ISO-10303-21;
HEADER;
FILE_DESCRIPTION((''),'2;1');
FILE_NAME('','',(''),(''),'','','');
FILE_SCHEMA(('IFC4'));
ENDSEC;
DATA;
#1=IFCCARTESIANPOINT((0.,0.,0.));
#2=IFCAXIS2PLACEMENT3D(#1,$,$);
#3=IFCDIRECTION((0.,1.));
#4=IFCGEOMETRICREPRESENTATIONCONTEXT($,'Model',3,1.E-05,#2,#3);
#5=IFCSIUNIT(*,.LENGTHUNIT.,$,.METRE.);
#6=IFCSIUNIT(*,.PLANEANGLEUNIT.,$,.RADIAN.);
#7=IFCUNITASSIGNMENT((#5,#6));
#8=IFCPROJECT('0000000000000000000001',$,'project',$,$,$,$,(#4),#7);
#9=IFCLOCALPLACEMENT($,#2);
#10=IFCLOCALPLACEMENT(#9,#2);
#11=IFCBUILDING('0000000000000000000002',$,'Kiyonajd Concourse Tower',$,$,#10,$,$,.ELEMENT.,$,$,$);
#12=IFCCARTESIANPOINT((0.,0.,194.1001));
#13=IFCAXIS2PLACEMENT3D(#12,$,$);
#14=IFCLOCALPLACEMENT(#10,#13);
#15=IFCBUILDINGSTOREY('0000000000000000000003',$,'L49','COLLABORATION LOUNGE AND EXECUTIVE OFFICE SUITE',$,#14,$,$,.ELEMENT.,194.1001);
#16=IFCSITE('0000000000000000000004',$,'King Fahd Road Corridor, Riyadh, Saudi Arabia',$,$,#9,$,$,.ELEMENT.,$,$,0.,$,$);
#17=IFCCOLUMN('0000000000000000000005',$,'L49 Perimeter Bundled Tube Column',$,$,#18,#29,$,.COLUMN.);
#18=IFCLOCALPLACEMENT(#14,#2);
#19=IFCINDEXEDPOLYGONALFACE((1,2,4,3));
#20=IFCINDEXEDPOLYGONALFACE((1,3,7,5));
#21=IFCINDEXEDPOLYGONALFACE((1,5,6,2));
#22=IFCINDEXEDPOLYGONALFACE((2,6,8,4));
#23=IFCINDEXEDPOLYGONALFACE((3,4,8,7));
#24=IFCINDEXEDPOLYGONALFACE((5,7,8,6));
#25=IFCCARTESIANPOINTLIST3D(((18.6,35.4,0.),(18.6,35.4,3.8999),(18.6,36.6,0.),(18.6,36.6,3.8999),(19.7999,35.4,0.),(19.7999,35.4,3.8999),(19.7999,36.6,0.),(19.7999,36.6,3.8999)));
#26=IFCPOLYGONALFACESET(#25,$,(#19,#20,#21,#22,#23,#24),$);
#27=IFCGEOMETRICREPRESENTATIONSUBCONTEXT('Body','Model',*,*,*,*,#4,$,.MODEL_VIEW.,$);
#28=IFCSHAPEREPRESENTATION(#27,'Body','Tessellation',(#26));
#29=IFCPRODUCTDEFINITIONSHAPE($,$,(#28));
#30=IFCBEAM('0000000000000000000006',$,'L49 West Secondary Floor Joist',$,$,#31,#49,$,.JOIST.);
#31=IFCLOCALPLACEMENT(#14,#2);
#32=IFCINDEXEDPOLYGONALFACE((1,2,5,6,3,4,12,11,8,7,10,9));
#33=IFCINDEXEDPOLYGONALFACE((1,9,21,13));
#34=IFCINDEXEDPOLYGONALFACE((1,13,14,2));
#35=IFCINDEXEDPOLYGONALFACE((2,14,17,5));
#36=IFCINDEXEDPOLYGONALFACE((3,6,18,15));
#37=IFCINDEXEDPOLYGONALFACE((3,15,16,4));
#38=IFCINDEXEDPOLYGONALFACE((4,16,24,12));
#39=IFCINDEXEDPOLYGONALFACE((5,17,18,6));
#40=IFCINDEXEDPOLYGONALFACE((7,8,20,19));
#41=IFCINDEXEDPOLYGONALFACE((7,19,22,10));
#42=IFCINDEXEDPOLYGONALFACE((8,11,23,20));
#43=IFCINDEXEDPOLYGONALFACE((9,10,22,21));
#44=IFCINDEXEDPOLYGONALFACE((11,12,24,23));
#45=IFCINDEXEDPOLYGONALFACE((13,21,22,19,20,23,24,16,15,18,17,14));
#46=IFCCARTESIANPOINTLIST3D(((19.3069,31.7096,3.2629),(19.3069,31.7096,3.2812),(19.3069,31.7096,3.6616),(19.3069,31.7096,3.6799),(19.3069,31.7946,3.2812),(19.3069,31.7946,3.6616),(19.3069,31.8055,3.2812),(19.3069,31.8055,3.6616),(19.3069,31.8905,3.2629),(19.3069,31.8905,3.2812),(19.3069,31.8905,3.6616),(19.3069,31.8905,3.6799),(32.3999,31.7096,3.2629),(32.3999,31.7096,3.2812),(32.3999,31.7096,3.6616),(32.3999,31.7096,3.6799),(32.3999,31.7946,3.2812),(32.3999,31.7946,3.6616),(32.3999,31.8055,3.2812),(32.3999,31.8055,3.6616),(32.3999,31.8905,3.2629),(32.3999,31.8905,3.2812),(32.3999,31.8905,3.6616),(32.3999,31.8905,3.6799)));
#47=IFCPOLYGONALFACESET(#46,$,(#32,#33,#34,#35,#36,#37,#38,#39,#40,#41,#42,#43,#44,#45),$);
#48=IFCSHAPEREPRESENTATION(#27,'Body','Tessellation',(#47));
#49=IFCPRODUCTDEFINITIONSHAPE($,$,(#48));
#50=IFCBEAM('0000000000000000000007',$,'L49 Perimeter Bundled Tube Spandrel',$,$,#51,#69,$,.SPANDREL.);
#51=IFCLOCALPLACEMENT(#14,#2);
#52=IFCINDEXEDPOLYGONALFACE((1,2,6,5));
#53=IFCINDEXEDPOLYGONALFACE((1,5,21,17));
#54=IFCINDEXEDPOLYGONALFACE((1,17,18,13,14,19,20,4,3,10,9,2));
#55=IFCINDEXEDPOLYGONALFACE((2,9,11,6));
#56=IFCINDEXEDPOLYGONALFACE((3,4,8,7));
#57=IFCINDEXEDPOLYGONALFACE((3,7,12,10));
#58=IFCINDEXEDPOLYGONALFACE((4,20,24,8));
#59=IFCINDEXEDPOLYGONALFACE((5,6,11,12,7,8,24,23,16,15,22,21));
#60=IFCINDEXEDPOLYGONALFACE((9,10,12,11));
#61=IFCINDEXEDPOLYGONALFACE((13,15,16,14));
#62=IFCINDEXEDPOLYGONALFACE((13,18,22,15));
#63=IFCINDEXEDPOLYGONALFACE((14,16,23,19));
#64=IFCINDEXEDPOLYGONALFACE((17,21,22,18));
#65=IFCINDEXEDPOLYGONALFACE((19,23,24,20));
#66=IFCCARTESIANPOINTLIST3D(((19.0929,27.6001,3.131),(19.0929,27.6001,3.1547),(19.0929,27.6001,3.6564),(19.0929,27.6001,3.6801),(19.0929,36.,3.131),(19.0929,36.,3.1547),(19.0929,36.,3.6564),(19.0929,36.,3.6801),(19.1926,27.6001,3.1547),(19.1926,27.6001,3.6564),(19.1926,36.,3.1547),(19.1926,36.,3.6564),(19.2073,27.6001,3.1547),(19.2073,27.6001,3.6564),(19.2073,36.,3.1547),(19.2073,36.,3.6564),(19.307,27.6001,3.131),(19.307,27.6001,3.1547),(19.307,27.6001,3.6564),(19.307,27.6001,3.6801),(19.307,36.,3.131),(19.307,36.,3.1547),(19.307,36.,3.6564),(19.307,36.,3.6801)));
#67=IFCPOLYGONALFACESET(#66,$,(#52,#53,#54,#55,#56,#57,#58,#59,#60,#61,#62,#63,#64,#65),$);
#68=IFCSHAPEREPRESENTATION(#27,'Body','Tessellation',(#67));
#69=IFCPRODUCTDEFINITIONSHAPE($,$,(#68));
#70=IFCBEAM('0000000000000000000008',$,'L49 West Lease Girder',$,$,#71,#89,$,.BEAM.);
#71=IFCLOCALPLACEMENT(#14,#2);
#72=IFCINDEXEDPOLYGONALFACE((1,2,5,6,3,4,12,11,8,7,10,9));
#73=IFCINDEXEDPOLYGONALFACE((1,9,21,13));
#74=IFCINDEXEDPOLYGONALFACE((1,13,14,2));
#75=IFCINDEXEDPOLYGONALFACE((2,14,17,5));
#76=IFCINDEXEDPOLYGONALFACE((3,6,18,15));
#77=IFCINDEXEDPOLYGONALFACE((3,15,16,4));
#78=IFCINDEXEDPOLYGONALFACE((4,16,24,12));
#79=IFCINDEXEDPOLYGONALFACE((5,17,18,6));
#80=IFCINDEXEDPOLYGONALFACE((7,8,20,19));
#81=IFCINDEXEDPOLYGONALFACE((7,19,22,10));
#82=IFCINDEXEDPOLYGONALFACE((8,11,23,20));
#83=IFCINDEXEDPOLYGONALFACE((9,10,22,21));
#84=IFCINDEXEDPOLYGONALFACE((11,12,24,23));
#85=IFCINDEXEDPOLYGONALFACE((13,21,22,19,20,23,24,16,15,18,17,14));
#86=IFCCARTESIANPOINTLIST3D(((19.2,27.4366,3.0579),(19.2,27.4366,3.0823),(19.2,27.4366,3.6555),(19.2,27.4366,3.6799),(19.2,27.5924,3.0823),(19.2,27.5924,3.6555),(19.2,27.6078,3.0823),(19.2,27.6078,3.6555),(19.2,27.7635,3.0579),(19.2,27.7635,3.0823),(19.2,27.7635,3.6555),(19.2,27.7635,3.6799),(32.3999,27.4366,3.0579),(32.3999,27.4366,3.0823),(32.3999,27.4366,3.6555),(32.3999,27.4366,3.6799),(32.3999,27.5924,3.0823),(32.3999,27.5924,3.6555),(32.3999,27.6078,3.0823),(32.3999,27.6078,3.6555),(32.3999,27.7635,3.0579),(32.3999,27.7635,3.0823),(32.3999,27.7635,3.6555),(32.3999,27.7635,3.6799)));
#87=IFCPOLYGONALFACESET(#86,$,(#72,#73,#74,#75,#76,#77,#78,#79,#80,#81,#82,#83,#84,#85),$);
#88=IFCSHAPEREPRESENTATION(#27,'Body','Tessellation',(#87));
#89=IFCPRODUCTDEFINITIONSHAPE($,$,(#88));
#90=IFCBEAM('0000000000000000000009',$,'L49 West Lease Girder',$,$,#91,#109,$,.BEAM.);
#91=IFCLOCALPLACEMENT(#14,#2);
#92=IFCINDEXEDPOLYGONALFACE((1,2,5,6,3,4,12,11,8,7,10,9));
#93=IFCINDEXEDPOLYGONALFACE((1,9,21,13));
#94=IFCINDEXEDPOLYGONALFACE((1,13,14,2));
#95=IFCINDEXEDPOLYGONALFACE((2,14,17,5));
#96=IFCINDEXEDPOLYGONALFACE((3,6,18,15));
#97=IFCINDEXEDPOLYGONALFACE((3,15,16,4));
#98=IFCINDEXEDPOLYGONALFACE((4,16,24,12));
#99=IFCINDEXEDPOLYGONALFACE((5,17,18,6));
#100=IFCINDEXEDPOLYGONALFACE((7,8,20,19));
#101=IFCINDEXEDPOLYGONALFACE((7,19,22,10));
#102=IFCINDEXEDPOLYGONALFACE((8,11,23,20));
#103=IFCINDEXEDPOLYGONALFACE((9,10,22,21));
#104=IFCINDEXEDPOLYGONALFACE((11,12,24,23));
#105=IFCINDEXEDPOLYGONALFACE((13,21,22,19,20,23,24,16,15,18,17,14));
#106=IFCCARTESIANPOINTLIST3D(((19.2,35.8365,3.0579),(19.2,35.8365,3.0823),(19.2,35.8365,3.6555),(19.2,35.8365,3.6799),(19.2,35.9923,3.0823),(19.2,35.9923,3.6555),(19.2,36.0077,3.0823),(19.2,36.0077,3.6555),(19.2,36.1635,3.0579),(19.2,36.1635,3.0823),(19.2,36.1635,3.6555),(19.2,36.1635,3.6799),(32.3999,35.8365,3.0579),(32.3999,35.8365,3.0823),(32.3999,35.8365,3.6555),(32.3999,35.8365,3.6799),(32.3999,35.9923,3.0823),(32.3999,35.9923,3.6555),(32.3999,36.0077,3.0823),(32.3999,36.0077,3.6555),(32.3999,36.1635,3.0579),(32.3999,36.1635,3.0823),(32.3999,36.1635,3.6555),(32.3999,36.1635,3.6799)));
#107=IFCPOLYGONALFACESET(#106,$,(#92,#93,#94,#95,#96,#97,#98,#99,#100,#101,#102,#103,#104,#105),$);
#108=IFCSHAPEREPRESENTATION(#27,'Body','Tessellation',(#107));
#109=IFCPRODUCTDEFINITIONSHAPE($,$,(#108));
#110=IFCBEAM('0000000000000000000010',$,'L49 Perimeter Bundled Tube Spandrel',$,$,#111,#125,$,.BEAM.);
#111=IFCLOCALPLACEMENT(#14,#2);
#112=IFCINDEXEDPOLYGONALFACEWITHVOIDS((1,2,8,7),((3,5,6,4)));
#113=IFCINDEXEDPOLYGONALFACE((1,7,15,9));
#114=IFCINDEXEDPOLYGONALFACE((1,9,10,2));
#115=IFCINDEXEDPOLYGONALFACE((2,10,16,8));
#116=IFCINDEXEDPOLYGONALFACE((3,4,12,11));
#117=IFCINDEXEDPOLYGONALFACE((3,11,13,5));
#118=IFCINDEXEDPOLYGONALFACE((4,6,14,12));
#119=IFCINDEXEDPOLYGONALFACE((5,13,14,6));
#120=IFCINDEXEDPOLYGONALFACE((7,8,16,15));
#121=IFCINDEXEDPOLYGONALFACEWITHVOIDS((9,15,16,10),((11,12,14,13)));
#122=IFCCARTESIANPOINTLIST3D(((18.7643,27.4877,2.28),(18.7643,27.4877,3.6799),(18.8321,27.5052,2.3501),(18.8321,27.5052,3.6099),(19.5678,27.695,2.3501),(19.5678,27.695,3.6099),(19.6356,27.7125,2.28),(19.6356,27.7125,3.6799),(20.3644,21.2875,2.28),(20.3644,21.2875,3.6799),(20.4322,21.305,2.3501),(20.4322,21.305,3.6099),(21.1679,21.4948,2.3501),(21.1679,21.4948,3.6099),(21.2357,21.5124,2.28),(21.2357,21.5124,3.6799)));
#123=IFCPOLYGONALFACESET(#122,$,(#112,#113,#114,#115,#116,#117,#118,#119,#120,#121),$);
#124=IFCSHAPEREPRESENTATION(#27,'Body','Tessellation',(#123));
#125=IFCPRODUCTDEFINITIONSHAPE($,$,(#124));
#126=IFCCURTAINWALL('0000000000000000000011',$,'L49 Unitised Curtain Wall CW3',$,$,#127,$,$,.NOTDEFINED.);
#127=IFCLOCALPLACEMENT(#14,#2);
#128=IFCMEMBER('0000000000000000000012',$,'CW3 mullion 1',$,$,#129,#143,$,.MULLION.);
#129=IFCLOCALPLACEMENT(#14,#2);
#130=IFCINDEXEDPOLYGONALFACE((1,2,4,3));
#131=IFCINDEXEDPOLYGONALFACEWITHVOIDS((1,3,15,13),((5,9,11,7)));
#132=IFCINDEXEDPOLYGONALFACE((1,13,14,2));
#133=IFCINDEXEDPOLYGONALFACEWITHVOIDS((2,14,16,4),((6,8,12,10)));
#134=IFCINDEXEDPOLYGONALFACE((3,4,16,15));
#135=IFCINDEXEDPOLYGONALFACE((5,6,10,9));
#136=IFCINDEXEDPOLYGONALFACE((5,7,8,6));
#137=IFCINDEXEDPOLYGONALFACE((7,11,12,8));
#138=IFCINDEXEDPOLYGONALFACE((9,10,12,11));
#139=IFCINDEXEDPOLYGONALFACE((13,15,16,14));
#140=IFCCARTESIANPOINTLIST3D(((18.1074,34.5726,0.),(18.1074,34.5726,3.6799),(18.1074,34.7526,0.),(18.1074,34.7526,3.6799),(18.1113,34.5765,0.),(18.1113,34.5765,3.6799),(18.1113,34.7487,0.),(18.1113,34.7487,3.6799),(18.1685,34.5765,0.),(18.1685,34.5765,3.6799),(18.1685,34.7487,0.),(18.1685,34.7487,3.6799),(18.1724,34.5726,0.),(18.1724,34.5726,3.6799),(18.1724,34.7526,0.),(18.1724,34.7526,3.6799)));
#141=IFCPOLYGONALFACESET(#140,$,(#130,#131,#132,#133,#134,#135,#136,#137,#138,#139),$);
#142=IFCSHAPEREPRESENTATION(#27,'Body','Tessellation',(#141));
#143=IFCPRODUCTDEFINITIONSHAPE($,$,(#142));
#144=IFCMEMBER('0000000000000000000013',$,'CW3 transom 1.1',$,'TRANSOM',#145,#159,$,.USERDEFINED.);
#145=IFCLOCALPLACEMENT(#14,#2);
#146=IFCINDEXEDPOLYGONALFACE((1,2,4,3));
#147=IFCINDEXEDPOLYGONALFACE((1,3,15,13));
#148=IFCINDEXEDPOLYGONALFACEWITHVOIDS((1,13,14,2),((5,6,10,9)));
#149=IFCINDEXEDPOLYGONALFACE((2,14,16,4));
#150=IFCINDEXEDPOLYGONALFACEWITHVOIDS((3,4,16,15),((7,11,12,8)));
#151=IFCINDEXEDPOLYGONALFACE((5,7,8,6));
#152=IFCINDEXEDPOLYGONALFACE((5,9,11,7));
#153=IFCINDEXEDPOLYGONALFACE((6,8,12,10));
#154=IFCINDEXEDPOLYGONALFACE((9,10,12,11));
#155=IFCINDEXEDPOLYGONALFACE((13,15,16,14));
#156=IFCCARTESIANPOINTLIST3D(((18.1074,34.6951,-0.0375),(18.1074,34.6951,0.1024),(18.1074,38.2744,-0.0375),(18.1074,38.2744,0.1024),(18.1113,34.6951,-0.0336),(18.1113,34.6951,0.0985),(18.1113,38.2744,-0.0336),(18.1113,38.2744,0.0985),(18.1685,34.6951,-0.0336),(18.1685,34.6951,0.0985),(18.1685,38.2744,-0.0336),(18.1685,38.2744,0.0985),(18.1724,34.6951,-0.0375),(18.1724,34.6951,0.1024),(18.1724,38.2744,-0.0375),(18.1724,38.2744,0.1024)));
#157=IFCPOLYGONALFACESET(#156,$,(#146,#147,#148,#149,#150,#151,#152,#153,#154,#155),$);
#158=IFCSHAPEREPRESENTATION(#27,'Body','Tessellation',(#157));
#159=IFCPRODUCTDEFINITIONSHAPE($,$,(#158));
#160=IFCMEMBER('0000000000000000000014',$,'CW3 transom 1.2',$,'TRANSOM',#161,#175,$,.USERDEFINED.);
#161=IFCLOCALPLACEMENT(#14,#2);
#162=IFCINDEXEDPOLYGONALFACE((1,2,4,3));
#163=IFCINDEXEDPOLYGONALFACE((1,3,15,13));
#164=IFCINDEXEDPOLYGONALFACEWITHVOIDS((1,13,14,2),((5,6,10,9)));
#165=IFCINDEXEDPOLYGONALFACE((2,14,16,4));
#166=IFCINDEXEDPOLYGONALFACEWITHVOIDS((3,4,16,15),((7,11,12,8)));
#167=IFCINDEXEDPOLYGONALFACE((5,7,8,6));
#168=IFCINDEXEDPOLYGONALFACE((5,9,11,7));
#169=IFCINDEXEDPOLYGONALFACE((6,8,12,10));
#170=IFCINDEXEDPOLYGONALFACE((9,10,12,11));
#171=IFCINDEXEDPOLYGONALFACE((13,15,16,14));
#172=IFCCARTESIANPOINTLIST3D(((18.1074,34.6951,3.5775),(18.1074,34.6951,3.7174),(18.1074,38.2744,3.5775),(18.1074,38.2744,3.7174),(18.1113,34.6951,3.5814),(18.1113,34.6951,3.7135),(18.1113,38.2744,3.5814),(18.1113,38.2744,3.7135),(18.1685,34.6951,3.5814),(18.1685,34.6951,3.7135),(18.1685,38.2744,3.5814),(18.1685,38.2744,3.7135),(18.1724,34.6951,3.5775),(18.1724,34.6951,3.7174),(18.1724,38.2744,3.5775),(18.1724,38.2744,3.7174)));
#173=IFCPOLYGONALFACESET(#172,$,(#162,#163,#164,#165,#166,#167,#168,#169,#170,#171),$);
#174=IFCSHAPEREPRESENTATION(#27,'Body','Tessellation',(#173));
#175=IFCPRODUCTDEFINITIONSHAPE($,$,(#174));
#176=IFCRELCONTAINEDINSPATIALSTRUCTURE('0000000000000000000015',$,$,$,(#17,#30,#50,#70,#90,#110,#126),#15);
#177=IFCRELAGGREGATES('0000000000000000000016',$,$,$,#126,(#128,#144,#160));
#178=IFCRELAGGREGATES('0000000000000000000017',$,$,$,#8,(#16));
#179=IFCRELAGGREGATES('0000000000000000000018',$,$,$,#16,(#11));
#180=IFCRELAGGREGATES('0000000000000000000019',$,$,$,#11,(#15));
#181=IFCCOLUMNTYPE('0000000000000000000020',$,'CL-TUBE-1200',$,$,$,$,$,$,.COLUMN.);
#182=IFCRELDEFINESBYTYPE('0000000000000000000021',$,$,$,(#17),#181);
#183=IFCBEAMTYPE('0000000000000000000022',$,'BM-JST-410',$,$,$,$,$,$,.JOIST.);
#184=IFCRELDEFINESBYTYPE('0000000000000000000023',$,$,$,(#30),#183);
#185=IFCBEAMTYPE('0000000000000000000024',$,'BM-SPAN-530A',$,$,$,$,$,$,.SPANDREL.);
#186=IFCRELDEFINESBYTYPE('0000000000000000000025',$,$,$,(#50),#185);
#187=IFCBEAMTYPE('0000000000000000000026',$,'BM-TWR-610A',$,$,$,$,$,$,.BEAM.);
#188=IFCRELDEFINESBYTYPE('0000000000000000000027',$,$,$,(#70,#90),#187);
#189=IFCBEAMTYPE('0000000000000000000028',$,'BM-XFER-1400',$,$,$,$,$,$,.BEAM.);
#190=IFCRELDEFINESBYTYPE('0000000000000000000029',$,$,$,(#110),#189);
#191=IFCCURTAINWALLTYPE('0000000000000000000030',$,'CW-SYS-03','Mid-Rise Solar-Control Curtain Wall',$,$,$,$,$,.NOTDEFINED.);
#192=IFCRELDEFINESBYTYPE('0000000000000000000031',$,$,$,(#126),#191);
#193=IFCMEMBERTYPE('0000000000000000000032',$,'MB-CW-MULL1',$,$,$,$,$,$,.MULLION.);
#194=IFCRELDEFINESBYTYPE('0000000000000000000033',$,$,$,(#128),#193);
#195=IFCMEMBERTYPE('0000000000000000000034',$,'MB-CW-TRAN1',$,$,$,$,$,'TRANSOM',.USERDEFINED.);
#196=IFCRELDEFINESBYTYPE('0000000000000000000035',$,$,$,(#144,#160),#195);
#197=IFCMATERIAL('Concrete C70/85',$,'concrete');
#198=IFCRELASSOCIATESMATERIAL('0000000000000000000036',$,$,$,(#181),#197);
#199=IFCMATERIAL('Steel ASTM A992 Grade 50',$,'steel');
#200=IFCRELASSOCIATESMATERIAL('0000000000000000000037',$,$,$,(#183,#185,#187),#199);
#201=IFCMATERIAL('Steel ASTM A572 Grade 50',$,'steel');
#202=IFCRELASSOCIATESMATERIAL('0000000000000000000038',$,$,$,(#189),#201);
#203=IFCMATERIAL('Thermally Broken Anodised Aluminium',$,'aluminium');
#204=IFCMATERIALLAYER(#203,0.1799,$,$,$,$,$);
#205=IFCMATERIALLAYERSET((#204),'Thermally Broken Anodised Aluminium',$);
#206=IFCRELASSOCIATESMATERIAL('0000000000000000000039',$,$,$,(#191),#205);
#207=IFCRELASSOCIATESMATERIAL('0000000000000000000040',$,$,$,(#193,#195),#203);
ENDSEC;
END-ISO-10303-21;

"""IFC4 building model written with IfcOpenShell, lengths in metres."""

from ifc_helpers import new_model, si_unit, direction, frame, origin, origin_2d, place, context, subcontext, project, spatial, rectangle, hollow_rectangle, i_section, extrude, material, layer, layer_set, material_profile, profile_set, type_object, element, aggregate, save


model = new_model("IFC4")

# Units and contexts
model_context = context("Model", 3, precision=1e-05, world=origin(), true_north=direction((0.0, 1.0)))
body_context = subcontext(model_context, "Body", "Model", "MODEL_VIEW")
ifc_project = project(units=[si_unit("LENGTHUNIT", "METRE"), si_unit("PLANEANGLEUNIT", "RADIAN")], contexts=[model_context])

# Site, building, storey
site_placement = place(None, origin())
site = spatial("IfcSite", under=ifc_project, at=site_placement, Name="King Fahd Road Corridor, Riyadh, Saudi Arabia", CompositionType="ELEMENT", RefElevation=0.0)
building_placement = place(site_placement, origin())
building = spatial("IfcBuilding", under=site, at=building_placement, Name="Kiyonajd Concourse Tower", CompositionType="ELEMENT")
storey_placement = place(building_placement, frame((0.0, 0.0, 194.1001)))
storey = spatial("IfcBuildingStorey", under=building, at=storey_placement, Name="L49", Description="COLLABORATION LOUNGE AND EXECUTIVE OFFICE SUITE", CompositionType="ELEMENT", Elevation=194.1001)

# Column
ifc_material_1 = material(Name="Concrete C70/85", Category="concrete")
ifc_material_profile_1 = material_profile(ifc_material_1, rectangle(XDim=1.2, YDim=1.2, at=origin_2d()), Name="RC-1200x1200")
ifc_profile_set_1 = profile_set([ifc_material_profile_1], Name="Concrete C70/85")
column_type = type_object("IfcColumnType", Name="CL-TUBE-1200", PredefinedType="COLUMN", material=ifc_profile_set_1)
column_placement = place(storey_placement, frame((19.2, 36.0, 0.0), z_axis=(0.0, 0.0, 1.0), x_axis=(1.0, 0.0, 0.0)))
element("IfcColumn", 1, at=column_placement, inside=storey, type_object=column_type, Name="L49 Perimeter Bundled Tube Column", PredefinedType="COLUMN", context=body_context, shape_type="SweptSolid", body=[
    extrude(rectangle(XDim=1.2, YDim=1.2, at=origin_2d()), origin(), (0.0, 0.0, 1.0), 3.8999),
])

# Beams
ifc_material_2 = material(Name="Steel ASTM A992 Grade 50", Category="steel")
ifc_material_profile_2 = material_profile(ifc_material_2, i_section(OverallWidth=0.1809, OverallDepth=0.417, WebThickness=0.011, FlangeThickness=0.0183, at=origin_2d()), Name="W410X85")
ifc_profile_set_2 = profile_set([ifc_material_profile_2], Name="Steel ASTM A992 Grade 50")
beam_type_1 = type_object("IfcBeamType", Name="BM-JST-410", PredefinedType="JOIST", material=ifc_profile_set_2)
beam_1_placement = place(storey_placement, frame((19.3069, 31.8, 3.4714), z_axis=(1.0, 0.0, 0.0), x_axis=(0.0, 1.0, 0.0)))
element("IfcBeam", 2, at=beam_1_placement, inside=storey, type_object=beam_type_1, Name="L49 West Secondary Floor Joist", PredefinedType="JOIST", context=body_context, shape_type="SweptSolid", body=[
    extrude(i_section(OverallWidth=0.1809, OverallDepth=0.417, WebThickness=0.011, FlangeThickness=0.0183, at=origin_2d()), origin(), (0.0, 0.0, 1.0), 13.093),
])
ifc_material_profile_3 = material_profile(ifc_material_2, i_section(OverallWidth=0.2141, OverallDepth=0.5491, WebThickness=0.0146, FlangeThickness=0.0237, at=origin_2d()), Name="W530X138")
ifc_profile_set_3 = profile_set([ifc_material_profile_3], Name="Steel ASTM A992 Grade 50")
beam_type_2 = type_object("IfcBeamType", Name="BM-SPAN-530A", PredefinedType="SPANDREL", material=ifc_profile_set_3)
beam_2_placement = place(storey_placement, frame((19.2, 36.0, 3.4055), z_axis=(0.0, -1.0, 0.0), x_axis=(1.0, 0.0, 0.0)))
element("IfcBeam", 3, at=beam_2_placement, inside=storey, type_object=beam_type_2, Name="L49 Perimeter Bundled Tube Spandrel", PredefinedType="SPANDREL", context=body_context, shape_type="SweptSolid", body=[
    extrude(i_section(OverallWidth=0.2141, OverallDepth=0.5491, WebThickness=0.0146, FlangeThickness=0.0237, at=origin_2d()), origin(), (0.0, 0.0, 1.0), 8.3999),
])
ifc_material_profile_4 = material_profile(ifc_material_2, i_section(OverallWidth=0.3269, OverallDepth=0.6221, WebThickness=0.0154, FlangeThickness=0.0244, at=origin_2d()), Name="W610X195")
ifc_profile_set_4 = profile_set([ifc_material_profile_4], Name="Steel ASTM A992 Grade 50")
beam_type_3 = type_object("IfcBeamType", Name="BM-TWR-610A", PredefinedType="BEAM", material=ifc_profile_set_4)
for number, where, z_axis, x_axis, name in (
    (4, (19.2, 27.6001, 3.3689), (1.0, 0.0, 0.0), (0.0, 1.0, 0.0), "L49 West Lease Girder"),
    (5, (19.2, 36.0, 3.3689), (1.0, 0.0, 0.0), (0.0, 1.0, 0.0), "L49 West Lease Girder"),
):
    element("IfcBeam", number, at=place(storey_placement, frame(where, z_axis=z_axis, x_axis=x_axis)), inside=storey, type_object=beam_type_3, Name=name, PredefinedType="BEAM", context=body_context, shape_type="SweptSolid", body=[
        extrude(i_section(OverallWidth=0.3269, OverallDepth=0.6221, WebThickness=0.0154, FlangeThickness=0.0244, at=origin_2d()), origin(), (0.0, 0.0, 1.0), 13.2),
    ])
ifc_material_3 = material(Name="Steel ASTM A572 Grade 50", Category="steel")
ifc_material_profile_5 = material_profile(ifc_material_3, hollow_rectangle(XDim=0.8999, YDim=1.3999, WallThickness=0.0701, at=origin_2d()), Name="BOX-1400x900x70")
ifc_profile_set_5 = profile_set([ifc_material_profile_5], Name="Steel ASTM A572 Grade 50")
beam_type_4 = type_object("IfcBeamType", Name="BM-XFER-1400", PredefinedType="BEAM", material=ifc_profile_set_5)
beam_3_placement = place(storey_placement, frame((19.2, 27.6001, 2.98), z_axis=(0.249885, -0.968276, 0.0), x_axis=(0.968276, 0.249885, 0.0)))
element("IfcBeam", 6, at=beam_3_placement, inside=storey, type_object=beam_type_4, Name="L49 Perimeter Bundled Tube Spandrel", PredefinedType="BEAM", context=body_context, shape_type="SweptSolid", body=[
    extrude(hollow_rectangle(XDim=0.8999, YDim=1.3999, WallThickness=0.0701, at=origin_2d()), origin(), (0.0, 0.0, 1.0), 6.4033),
])

# Curtain wall, members
ifc_material_4 = material(Name="Thermally Broken Anodised Aluminium", Category="aluminium")
ifc_layer_1 = layer(ifc_material_4, 0.1799)
ifc_layer_set_1 = layer_set([ifc_layer_1], Name="Thermally Broken Anodised Aluminium")
curtain_wall_type = type_object("IfcCurtainWallType", Name="CW-SYS-03", Description="Mid-Rise Solar-Control Curtain Wall", PredefinedType="NOTDEFINED", material=ifc_layer_set_1)
curtain_wall_placement = place(storey_placement, origin())
curtain_wall = element("IfcCurtainWall", 7, at=curtain_wall_placement, inside=storey, type_object=curtain_wall_type, Name="L49 Unitised Curtain Wall CW3", PredefinedType="NOTDEFINED")
ifc_material_profile_6 = material_profile(ifc_material_4, hollow_rectangle(XDim=0.0649, YDim=0.1799, WallThickness=0.0039, at=origin_2d()), Name="MULL-65x180")
ifc_profile_set_6 = profile_set([ifc_material_profile_6], Name="Thermally Broken Anodised Aluminium")
member_type_1 = type_object("IfcMemberType", Name="MB-CW-MULL1", PredefinedType="MULLION", material=ifc_profile_set_6)
member_1_placement = place(storey_placement, frame((18.1399, 34.6626, 0.0), z_axis=(0.0, 0.0, 1.0), x_axis=(-1.0, 0.0, 0.0)))
member_1 = element("IfcMember", 8, at=member_1_placement, type_object=member_type_1, Name="CW3 mullion 1", PredefinedType="MULLION", context=body_context, shape_type="SweptSolid", body=[
    extrude(hollow_rectangle(XDim=0.0649, YDim=0.1799, WallThickness=0.0039, at=origin_2d()), origin(), (0.0, 0.0, 1.0), 3.6799),
])
ifc_material_profile_7 = material_profile(ifc_material_4, hollow_rectangle(XDim=0.0649, YDim=0.1399, WallThickness=0.0039, at=origin_2d()), Name="TRAN-65x140")
ifc_profile_set_7 = profile_set([ifc_material_profile_7], Name="Thermally Broken Anodised Aluminium")
member_type_2 = type_object("IfcMemberType", Name="MB-CW-TRAN1", ElementType="TRANSOM", PredefinedType="USERDEFINED", material=ifc_profile_set_7)
member_2_placement = place(storey_placement, frame((18.1399, 34.6951, 0.0325), z_axis=(0.0, 1.0, 0.0), x_axis=(-1.0, 0.0, 0.0)))
member_2 = element("IfcMember", 9, at=member_2_placement, type_object=member_type_2, Name="CW3 transom 1.1", ObjectType="TRANSOM", PredefinedType="USERDEFINED", context=body_context, shape_type="SweptSolid", body=[
    extrude(hollow_rectangle(XDim=0.0649, YDim=0.1399, WallThickness=0.0039, at=origin_2d()), origin(), (0.0, 0.0, 1.0), 3.5793),
])
member_3_placement = place(storey_placement, frame((18.1399, 34.6951, 3.6475), z_axis=(0.0, 1.0, 0.0), x_axis=(-1.0, 0.0, 0.0)))
member_3 = element("IfcMember", 10, at=member_3_placement, type_object=member_type_2, Name="CW3 transom 1.2", ObjectType="TRANSOM", PredefinedType="USERDEFINED", context=body_context, shape_type="SweptSolid", body=[
    extrude(hollow_rectangle(XDim=0.0649, YDim=0.1399, WallThickness=0.0039, at=origin_2d()), origin(), (0.0, 0.0, 1.0), 3.5793),
])

aggregate(curtain_wall, [member_1, member_2, member_3])

save(model, "model.ifc")
